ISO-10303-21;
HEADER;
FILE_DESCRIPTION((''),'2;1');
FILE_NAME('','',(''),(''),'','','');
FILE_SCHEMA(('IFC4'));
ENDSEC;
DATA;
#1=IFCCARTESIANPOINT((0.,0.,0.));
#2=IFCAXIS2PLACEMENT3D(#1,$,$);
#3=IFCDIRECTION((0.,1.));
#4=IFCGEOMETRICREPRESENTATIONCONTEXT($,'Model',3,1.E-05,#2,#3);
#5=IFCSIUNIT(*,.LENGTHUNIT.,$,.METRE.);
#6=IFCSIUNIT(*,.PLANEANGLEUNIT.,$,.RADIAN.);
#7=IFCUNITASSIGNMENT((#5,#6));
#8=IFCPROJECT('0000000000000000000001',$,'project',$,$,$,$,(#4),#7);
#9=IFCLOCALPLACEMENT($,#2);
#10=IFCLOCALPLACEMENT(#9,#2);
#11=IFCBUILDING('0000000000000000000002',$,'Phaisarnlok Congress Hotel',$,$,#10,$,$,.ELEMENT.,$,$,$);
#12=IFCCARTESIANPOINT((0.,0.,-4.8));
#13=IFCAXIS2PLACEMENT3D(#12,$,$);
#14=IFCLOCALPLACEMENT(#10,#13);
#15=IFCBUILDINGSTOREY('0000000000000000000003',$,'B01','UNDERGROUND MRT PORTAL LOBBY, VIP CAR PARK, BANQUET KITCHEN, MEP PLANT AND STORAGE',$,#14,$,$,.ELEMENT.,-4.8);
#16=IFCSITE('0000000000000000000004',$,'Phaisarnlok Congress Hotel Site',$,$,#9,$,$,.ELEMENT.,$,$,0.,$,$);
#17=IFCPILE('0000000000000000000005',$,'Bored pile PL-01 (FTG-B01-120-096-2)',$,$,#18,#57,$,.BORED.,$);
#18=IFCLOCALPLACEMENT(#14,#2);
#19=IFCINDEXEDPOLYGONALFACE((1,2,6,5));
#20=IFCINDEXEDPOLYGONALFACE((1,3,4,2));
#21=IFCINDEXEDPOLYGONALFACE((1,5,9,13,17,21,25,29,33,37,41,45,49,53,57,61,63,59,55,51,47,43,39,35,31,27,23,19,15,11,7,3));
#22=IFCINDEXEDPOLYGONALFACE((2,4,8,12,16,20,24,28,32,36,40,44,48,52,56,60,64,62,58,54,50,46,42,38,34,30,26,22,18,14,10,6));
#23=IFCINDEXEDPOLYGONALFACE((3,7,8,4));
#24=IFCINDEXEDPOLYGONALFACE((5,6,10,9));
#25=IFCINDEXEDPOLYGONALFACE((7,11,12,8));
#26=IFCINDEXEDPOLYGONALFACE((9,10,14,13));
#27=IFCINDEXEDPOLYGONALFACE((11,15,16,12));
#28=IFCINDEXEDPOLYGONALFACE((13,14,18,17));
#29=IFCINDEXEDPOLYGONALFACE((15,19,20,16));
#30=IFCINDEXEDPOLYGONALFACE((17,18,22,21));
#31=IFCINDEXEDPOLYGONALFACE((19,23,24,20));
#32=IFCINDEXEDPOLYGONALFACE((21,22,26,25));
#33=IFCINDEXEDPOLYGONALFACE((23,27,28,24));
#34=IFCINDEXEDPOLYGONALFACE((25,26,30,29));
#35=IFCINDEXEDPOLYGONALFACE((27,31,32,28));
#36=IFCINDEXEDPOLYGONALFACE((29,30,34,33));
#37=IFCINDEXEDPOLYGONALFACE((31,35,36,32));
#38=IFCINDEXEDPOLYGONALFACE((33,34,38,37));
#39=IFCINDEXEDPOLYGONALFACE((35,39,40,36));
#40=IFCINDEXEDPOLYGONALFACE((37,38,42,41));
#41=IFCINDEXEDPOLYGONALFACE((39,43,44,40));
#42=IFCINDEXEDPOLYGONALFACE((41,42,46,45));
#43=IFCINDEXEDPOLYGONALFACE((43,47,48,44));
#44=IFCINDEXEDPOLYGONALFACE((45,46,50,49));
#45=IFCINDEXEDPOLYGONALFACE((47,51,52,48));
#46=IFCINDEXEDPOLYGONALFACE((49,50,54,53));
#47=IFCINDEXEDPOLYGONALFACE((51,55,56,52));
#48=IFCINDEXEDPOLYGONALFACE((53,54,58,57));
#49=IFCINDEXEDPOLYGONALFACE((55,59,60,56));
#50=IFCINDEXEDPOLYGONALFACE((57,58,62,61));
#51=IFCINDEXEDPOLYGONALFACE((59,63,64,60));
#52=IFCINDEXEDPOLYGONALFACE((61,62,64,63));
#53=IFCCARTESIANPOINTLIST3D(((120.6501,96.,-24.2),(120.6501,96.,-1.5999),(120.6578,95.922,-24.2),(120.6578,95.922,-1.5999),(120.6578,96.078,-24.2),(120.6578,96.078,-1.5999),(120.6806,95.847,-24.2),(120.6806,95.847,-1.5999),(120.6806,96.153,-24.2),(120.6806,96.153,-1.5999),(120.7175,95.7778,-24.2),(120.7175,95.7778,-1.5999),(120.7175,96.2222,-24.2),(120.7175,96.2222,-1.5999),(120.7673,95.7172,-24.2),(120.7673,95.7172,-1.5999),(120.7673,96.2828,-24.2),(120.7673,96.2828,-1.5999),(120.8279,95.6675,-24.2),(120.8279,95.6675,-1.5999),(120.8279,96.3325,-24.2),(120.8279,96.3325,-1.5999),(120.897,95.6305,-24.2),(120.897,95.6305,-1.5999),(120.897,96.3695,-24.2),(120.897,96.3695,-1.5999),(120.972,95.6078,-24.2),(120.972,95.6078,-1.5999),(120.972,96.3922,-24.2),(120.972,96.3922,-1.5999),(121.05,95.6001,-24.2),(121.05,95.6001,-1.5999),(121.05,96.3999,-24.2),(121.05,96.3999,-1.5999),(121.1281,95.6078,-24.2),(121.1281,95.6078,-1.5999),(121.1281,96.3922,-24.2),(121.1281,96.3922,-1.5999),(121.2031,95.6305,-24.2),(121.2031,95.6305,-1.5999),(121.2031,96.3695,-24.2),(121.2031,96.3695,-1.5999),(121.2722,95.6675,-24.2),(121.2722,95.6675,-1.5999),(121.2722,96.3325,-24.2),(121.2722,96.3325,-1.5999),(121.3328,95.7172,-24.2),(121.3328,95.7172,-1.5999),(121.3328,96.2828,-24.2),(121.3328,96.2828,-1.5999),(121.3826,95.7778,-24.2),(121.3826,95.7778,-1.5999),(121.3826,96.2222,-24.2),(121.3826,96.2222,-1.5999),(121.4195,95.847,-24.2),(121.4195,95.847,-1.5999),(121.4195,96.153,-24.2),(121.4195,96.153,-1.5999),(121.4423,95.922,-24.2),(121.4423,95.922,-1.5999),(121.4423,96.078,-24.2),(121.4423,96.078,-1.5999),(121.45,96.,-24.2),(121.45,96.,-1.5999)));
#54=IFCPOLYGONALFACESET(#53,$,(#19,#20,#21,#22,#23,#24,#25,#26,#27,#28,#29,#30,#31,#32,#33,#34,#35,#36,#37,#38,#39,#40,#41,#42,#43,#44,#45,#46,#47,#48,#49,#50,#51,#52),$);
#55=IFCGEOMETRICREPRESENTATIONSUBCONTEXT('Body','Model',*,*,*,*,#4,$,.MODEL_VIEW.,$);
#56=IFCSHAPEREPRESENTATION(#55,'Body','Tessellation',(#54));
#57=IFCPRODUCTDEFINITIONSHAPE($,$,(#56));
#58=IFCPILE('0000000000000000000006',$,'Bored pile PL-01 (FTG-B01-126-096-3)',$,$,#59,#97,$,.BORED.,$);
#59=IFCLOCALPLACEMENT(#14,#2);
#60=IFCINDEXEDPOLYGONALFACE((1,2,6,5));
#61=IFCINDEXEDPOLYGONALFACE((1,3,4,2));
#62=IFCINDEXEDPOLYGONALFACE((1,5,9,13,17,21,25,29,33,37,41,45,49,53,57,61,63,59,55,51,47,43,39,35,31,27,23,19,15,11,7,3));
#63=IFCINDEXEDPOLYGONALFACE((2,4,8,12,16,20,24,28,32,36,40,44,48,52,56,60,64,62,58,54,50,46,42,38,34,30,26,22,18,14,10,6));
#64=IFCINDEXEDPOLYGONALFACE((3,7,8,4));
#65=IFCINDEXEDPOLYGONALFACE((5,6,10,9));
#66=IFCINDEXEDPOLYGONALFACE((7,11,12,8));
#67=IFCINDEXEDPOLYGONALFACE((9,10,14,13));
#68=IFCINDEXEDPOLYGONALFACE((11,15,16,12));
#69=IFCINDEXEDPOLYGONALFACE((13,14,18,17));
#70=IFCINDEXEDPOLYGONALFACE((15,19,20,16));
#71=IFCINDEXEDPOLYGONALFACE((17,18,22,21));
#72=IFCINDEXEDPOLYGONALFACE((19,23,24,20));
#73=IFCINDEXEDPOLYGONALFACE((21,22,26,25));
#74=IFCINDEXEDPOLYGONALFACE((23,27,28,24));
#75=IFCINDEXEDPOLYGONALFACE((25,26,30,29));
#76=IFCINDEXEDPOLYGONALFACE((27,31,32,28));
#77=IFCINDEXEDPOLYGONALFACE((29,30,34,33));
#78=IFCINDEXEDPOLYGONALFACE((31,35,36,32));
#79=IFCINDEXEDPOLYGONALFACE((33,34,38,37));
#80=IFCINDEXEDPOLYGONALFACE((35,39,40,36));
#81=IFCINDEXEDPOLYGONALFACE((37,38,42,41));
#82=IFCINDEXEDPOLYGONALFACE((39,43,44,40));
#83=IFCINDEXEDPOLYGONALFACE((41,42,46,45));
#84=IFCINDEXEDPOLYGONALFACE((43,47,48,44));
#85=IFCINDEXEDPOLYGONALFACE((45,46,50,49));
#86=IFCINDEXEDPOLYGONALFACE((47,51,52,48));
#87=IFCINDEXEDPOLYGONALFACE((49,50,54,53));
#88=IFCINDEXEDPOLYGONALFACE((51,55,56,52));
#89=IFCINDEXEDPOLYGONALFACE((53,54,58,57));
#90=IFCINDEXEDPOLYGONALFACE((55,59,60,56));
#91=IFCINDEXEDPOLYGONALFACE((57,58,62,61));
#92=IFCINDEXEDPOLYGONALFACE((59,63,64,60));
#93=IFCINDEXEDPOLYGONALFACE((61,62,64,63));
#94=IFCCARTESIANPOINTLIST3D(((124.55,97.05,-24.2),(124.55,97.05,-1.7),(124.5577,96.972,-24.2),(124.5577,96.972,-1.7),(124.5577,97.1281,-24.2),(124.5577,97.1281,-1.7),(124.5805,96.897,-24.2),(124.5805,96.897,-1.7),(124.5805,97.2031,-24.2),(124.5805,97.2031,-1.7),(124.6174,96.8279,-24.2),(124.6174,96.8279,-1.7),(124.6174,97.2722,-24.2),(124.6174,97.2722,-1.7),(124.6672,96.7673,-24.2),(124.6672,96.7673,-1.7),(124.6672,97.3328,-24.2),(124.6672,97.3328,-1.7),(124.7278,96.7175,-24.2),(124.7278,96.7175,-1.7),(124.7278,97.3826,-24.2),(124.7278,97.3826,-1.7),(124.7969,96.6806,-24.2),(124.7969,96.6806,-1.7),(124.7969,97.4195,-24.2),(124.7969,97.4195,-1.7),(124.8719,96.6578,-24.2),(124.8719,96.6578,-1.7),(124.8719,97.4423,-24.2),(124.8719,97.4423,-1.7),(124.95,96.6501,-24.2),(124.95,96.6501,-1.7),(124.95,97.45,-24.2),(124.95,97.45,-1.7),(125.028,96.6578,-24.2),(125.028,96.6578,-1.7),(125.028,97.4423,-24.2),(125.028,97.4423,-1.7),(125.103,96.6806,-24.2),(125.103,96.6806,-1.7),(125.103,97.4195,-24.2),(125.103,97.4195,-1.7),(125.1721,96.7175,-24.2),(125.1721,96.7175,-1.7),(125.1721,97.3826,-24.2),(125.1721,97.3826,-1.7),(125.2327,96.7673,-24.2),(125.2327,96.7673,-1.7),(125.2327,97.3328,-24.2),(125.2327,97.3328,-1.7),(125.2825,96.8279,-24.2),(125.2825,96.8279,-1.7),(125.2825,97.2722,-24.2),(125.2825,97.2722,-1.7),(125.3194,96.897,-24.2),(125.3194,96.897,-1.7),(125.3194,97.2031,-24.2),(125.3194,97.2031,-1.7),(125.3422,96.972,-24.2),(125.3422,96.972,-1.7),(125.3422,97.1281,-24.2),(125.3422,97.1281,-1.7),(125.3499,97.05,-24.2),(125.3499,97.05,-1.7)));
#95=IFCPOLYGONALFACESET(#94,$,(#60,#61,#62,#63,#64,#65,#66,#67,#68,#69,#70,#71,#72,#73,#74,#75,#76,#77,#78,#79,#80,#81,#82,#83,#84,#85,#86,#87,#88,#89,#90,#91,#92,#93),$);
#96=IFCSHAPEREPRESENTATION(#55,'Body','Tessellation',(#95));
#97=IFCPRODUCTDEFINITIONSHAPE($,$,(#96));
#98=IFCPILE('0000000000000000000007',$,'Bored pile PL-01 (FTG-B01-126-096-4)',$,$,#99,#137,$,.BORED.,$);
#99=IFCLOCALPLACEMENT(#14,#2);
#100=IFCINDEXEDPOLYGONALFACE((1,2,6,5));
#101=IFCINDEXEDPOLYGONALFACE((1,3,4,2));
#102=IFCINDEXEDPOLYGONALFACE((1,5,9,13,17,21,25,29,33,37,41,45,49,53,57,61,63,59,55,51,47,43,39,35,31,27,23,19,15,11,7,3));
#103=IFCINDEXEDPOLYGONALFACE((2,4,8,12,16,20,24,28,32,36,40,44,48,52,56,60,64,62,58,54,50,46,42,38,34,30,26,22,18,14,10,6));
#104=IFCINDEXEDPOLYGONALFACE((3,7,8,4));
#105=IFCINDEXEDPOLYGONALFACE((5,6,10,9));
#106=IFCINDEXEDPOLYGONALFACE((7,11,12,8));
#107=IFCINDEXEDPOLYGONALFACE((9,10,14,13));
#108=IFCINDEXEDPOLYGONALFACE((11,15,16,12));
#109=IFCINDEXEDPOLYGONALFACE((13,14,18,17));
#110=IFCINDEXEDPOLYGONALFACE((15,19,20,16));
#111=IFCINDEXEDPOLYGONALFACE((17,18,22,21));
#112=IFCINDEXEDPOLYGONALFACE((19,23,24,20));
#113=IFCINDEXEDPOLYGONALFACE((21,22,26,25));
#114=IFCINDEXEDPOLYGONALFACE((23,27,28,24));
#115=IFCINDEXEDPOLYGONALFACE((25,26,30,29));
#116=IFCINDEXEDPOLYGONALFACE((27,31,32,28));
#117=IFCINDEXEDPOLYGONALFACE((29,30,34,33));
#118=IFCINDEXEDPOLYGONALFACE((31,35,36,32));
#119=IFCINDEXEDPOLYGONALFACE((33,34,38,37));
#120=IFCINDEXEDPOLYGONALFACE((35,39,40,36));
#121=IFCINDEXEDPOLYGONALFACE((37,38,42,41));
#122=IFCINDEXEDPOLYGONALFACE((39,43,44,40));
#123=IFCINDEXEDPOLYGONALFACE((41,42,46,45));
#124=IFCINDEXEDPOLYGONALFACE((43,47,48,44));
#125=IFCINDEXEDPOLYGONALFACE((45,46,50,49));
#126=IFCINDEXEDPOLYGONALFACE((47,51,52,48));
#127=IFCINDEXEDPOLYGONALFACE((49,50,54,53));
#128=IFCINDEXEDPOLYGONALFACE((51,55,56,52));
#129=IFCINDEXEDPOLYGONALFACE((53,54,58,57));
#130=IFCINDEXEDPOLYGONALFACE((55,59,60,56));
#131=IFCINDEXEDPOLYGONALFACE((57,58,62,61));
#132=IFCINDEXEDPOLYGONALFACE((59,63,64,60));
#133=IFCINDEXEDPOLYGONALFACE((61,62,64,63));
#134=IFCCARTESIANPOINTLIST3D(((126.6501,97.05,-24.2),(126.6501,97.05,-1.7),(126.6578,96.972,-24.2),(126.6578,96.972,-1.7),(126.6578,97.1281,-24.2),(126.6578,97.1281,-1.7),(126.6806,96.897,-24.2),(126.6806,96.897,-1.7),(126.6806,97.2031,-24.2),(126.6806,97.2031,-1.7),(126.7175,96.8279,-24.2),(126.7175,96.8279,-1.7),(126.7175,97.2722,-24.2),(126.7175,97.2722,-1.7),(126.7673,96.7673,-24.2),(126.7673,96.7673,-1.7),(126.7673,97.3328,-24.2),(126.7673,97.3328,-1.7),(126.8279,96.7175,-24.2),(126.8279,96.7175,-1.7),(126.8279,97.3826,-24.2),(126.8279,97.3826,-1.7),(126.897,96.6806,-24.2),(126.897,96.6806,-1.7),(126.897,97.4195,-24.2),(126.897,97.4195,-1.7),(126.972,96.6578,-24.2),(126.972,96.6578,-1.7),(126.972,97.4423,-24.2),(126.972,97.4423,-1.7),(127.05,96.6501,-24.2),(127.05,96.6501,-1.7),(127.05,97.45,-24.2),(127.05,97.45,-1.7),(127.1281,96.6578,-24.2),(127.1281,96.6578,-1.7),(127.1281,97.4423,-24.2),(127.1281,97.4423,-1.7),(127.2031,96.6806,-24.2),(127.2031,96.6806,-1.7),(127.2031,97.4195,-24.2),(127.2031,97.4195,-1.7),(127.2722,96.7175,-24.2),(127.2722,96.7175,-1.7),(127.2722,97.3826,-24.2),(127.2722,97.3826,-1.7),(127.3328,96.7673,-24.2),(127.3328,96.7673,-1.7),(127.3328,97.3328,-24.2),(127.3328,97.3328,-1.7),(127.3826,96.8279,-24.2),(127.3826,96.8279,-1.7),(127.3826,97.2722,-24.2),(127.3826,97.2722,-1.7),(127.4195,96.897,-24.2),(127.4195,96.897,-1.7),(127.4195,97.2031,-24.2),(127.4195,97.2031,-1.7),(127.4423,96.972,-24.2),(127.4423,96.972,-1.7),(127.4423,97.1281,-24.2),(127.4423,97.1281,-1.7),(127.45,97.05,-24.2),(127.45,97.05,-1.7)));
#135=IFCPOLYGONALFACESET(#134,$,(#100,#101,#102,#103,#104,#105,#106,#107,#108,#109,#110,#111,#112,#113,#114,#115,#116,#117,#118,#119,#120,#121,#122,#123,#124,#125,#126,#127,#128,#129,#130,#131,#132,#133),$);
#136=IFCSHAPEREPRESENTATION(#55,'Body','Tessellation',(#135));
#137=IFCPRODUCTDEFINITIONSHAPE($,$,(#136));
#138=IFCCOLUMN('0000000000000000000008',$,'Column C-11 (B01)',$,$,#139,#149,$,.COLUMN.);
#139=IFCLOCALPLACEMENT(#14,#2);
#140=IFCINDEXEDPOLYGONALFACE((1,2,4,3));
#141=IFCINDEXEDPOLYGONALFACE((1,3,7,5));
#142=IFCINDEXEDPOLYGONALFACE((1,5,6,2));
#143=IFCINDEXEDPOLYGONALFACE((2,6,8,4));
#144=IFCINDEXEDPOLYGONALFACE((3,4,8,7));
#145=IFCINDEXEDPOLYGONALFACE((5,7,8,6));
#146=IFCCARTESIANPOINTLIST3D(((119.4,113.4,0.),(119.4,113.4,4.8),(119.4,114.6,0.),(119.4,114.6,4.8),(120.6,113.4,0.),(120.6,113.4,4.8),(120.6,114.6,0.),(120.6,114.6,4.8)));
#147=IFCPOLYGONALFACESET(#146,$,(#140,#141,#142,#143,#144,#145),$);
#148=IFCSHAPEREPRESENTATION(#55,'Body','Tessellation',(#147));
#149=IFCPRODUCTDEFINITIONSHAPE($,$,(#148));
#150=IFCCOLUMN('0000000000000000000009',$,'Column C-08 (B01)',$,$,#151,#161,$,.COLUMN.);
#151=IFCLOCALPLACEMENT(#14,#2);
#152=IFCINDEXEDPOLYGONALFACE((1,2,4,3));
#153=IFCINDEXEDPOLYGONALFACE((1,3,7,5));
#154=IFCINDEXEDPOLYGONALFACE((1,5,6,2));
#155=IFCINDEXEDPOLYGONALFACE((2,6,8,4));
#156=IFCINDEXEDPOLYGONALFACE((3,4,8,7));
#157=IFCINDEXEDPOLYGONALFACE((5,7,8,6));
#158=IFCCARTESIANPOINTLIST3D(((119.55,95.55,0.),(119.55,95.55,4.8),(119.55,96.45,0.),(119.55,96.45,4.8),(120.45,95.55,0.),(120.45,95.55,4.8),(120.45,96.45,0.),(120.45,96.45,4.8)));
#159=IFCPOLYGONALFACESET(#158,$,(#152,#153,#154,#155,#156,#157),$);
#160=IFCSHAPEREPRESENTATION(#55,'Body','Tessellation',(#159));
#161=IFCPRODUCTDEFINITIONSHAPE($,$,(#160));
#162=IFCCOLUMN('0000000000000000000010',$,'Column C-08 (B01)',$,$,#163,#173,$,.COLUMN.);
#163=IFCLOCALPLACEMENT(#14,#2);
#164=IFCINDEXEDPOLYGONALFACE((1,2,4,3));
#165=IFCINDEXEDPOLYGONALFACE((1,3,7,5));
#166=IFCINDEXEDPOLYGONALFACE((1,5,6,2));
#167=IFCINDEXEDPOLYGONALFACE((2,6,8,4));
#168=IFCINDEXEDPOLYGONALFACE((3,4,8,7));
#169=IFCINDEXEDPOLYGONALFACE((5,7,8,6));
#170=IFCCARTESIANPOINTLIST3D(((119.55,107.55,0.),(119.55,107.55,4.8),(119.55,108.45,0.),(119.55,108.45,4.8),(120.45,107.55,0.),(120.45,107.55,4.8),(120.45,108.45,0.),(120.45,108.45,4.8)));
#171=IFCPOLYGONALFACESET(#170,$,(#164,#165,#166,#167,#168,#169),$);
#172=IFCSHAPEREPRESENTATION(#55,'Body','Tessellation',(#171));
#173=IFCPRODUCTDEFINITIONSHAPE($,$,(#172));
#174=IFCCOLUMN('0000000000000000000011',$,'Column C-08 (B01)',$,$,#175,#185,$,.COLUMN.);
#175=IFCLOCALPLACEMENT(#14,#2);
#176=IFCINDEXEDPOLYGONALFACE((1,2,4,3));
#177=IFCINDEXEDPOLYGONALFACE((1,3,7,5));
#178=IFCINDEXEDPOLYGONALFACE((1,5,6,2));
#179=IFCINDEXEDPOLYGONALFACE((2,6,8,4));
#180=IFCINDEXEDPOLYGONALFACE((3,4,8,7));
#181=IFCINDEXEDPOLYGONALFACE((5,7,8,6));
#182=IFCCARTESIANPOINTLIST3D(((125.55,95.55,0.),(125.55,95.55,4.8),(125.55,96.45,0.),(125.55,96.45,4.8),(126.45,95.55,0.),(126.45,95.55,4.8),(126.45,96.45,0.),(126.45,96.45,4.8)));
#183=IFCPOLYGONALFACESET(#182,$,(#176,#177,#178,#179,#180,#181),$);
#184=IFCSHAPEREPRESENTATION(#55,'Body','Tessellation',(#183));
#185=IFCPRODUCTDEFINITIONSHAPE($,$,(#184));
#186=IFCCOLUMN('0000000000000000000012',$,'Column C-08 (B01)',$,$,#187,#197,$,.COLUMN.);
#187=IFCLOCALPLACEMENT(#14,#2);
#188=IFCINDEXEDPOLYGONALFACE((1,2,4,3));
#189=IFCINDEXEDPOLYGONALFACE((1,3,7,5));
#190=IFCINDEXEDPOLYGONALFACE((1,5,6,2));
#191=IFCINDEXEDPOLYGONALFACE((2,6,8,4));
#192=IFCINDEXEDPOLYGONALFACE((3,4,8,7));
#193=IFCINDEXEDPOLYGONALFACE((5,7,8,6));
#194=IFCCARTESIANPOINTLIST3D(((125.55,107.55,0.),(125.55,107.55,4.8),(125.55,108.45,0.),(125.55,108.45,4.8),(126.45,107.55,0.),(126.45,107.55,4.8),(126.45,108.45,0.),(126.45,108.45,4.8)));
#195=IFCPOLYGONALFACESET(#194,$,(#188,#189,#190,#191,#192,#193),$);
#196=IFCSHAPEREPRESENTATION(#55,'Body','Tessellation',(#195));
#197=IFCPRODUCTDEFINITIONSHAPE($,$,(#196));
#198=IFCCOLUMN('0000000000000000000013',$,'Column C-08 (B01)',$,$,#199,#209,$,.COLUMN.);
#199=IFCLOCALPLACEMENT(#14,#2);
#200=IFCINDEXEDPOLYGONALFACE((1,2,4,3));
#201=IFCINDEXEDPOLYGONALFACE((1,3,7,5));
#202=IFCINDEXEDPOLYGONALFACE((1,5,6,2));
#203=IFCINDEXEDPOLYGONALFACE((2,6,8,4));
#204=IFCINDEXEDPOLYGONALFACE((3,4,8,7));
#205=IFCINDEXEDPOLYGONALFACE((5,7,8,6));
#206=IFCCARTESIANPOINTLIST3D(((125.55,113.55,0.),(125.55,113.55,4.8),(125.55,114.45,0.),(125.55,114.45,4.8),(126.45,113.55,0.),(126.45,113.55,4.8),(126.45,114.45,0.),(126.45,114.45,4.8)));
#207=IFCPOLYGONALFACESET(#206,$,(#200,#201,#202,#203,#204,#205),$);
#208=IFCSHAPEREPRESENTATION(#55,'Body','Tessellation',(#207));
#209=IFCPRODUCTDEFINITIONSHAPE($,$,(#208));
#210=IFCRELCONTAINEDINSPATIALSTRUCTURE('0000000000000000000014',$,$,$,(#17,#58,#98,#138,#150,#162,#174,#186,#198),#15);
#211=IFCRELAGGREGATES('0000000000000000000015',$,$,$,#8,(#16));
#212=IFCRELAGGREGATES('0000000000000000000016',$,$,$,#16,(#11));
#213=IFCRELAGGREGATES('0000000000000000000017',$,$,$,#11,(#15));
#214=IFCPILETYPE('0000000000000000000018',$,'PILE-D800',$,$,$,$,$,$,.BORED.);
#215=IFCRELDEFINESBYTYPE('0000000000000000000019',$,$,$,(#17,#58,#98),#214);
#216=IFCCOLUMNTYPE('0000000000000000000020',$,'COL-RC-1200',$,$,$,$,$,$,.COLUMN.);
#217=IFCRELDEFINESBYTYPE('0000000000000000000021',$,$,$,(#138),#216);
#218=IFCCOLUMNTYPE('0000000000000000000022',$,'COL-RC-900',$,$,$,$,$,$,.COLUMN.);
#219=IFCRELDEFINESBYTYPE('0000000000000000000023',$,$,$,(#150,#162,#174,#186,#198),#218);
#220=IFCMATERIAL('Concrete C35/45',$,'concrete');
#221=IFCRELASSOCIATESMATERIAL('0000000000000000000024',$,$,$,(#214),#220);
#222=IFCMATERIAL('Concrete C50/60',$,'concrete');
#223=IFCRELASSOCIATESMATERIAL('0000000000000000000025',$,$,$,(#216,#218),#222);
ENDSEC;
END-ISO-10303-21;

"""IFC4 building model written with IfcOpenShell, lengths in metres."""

from ifc_helpers import new_model, si_unit, direction, frame, origin, origin_2d, place, context, subcontext, project, spatial, rectangle, circle, extrude, material, material_profile, profile_set, type_object, element, save


model = new_model("IFC4")

# Units and contexts
model_context = context("Model", 3, precision=1e-05, world=origin(), true_north=direction((0.0, 1.0)))
body_context = subcontext(model_context, "Body", "Model", "MODEL_VIEW")
ifc_project = project(units=[si_unit("LENGTHUNIT", "METRE"), si_unit("PLANEANGLEUNIT", "RADIAN")], contexts=[model_context])

# Site, building, storey
site_placement = place(None, origin())
site = spatial("IfcSite", under=ifc_project, at=site_placement, Name="Phaisarnlok Congress Hotel Site", CompositionType="ELEMENT", RefElevation=0.0)
building_placement = place(site_placement, origin())
building = spatial("IfcBuilding", under=site, at=building_placement, Name="Phaisarnlok Congress Hotel", CompositionType="ELEMENT")
storey_placement = place(building_placement, frame((0.0, 0.0, -4.8)))
storey = spatial("IfcBuildingStorey", under=building, at=storey_placement, Name="B01", Description="UNDERGROUND MRT PORTAL LOBBY, VIP CAR PARK, BANQUET KITCHEN, MEP PLANT AND STORAGE", CompositionType="ELEMENT", Elevation=-4.8)

# Piles
ifc_material_1 = material(Name="Concrete C35/45", Category="concrete")
ifc_material_profile_1 = material_profile(ifc_material_1, circle(Radius=0.3999, at=origin_2d()), Name="BORED PILE D800")
ifc_profile_set_1 = profile_set([ifc_material_profile_1], Name="Concrete C35/45")
pile_type_1 = type_object("IfcPileType", Name="PILE-D800", PredefinedType="BORED", material=ifc_profile_set_1)
for number, where, z_axis, x_axis, name in (
    (1, (121.05, 96.0, -1.5999), (0.0, 0.0, -1.0), (1.0, 0.0, 0.0), "Bored pile PL-01 (FTG-B01-120-096-2)"),
):
    element("IfcPile", number, at=place(storey_placement, frame(where, z_axis=z_axis, x_axis=x_axis)), inside=storey, type_object=pile_type_1, Name=name, PredefinedType="BORED", context=body_context, shape_type="SweptSolid", body=[
        extrude(circle(Radius=0.3999, at=origin_2d()), origin(), (0.0, 0.0, 1.0), 22.6001),
    ])
for number, where, z_axis, x_axis, name in (
    (2, (124.95, 97.05, -1.7), (0.0, 0.0, -1.0), (1.0, 0.0, 0.0), "Bored pile PL-01 (FTG-B01-126-096-3)"),
    (3, (127.05, 97.05, -1.7), (0.0, 0.0, -1.0), (1.0, 0.0, 0.0), "Bored pile PL-01 (FTG-B01-126-096-4)"),
):
    element("IfcPile", number, at=place(storey_placement, frame(where, z_axis=z_axis, x_axis=x_axis)), inside=storey, type_object=pile_type_1, Name=name, PredefinedType="BORED", context=body_context, shape_type="SweptSolid", body=[
        extrude(circle(Radius=0.3999, at=origin_2d()), origin(), (0.0, 0.0, 1.0), 22.5),
    ])

# Columns
ifc_material_2 = material(Name="Concrete C50/60", Category="concrete")
ifc_material_profile_2 = material_profile(ifc_material_2, rectangle(XDim=1.2, YDim=1.2, at=origin_2d()), Name="RC 1200x1200")
ifc_profile_set_2 = profile_set([ifc_material_profile_2], Name="Concrete C50/60")
column_type_1 = type_object("IfcColumnType", Name="COL-RC-1200", PredefinedType="COLUMN", material=ifc_profile_set_2)
column_placement = place(storey_placement, frame((120.0, 114.0, 0.0), z_axis=(0.0, 0.0, 1.0), x_axis=(1.0, 0.0, 0.0)))
element("IfcColumn", 4, at=column_placement, inside=storey, type_object=column_type_1, Name="Column C-11 (B01)", PredefinedType="COLUMN", context=body_context, shape_type="SweptSolid", body=[
    extrude(rectangle(XDim=1.2, YDim=1.2, at=origin_2d()), origin(), (0.0, 0.0, 1.0), 4.8),
])
ifc_material_profile_3 = material_profile(ifc_material_2, rectangle(XDim=0.8999, YDim=0.8999, at=origin_2d()), Name="RC 900x900")
ifc_profile_set_3 = profile_set([ifc_material_profile_3], Name="Concrete C50/60")
column_type_2 = type_object("IfcColumnType", Name="COL-RC-900", PredefinedType="COLUMN", material=ifc_profile_set_3)
for number, where, z_axis, x_axis, name in (
    (5, (120.0, 96.0, 0.0), (0.0, 0.0, 1.0), (1.0, 0.0, 0.0), "Column C-08 (B01)"),
    (6, (120.0, 108.0, 0.0), (0.0, 0.0, 1.0), (1.0, 0.0, 0.0), "Column C-08 (B01)"),
    (7, (126.0, 96.0, 0.0), (0.0, 0.0, 1.0), (1.0, 0.0, 0.0), "Column C-08 (B01)"),
    (8, (126.0, 108.0, 0.0), (0.0, 0.0, 1.0), (1.0, 0.0, 0.0), "Column C-08 (B01)"),
    (9, (126.0, 114.0, 0.0), (0.0, 0.0, 1.0), (1.0, 0.0, 0.0), "Column C-08 (B01)"),
):
    element("IfcColumn", number, at=place(storey_placement, frame(where, z_axis=z_axis, x_axis=x_axis)), inside=storey, type_object=column_type_2, Name=name, PredefinedType="COLUMN", context=body_context, shape_type="SweptSolid", body=[
        extrude(rectangle(XDim=0.8999, YDim=0.8999, at=origin_2d()), origin(), (0.0, 0.0, 1.0), 4.8),
    ])

save(model, "model.ifc")
